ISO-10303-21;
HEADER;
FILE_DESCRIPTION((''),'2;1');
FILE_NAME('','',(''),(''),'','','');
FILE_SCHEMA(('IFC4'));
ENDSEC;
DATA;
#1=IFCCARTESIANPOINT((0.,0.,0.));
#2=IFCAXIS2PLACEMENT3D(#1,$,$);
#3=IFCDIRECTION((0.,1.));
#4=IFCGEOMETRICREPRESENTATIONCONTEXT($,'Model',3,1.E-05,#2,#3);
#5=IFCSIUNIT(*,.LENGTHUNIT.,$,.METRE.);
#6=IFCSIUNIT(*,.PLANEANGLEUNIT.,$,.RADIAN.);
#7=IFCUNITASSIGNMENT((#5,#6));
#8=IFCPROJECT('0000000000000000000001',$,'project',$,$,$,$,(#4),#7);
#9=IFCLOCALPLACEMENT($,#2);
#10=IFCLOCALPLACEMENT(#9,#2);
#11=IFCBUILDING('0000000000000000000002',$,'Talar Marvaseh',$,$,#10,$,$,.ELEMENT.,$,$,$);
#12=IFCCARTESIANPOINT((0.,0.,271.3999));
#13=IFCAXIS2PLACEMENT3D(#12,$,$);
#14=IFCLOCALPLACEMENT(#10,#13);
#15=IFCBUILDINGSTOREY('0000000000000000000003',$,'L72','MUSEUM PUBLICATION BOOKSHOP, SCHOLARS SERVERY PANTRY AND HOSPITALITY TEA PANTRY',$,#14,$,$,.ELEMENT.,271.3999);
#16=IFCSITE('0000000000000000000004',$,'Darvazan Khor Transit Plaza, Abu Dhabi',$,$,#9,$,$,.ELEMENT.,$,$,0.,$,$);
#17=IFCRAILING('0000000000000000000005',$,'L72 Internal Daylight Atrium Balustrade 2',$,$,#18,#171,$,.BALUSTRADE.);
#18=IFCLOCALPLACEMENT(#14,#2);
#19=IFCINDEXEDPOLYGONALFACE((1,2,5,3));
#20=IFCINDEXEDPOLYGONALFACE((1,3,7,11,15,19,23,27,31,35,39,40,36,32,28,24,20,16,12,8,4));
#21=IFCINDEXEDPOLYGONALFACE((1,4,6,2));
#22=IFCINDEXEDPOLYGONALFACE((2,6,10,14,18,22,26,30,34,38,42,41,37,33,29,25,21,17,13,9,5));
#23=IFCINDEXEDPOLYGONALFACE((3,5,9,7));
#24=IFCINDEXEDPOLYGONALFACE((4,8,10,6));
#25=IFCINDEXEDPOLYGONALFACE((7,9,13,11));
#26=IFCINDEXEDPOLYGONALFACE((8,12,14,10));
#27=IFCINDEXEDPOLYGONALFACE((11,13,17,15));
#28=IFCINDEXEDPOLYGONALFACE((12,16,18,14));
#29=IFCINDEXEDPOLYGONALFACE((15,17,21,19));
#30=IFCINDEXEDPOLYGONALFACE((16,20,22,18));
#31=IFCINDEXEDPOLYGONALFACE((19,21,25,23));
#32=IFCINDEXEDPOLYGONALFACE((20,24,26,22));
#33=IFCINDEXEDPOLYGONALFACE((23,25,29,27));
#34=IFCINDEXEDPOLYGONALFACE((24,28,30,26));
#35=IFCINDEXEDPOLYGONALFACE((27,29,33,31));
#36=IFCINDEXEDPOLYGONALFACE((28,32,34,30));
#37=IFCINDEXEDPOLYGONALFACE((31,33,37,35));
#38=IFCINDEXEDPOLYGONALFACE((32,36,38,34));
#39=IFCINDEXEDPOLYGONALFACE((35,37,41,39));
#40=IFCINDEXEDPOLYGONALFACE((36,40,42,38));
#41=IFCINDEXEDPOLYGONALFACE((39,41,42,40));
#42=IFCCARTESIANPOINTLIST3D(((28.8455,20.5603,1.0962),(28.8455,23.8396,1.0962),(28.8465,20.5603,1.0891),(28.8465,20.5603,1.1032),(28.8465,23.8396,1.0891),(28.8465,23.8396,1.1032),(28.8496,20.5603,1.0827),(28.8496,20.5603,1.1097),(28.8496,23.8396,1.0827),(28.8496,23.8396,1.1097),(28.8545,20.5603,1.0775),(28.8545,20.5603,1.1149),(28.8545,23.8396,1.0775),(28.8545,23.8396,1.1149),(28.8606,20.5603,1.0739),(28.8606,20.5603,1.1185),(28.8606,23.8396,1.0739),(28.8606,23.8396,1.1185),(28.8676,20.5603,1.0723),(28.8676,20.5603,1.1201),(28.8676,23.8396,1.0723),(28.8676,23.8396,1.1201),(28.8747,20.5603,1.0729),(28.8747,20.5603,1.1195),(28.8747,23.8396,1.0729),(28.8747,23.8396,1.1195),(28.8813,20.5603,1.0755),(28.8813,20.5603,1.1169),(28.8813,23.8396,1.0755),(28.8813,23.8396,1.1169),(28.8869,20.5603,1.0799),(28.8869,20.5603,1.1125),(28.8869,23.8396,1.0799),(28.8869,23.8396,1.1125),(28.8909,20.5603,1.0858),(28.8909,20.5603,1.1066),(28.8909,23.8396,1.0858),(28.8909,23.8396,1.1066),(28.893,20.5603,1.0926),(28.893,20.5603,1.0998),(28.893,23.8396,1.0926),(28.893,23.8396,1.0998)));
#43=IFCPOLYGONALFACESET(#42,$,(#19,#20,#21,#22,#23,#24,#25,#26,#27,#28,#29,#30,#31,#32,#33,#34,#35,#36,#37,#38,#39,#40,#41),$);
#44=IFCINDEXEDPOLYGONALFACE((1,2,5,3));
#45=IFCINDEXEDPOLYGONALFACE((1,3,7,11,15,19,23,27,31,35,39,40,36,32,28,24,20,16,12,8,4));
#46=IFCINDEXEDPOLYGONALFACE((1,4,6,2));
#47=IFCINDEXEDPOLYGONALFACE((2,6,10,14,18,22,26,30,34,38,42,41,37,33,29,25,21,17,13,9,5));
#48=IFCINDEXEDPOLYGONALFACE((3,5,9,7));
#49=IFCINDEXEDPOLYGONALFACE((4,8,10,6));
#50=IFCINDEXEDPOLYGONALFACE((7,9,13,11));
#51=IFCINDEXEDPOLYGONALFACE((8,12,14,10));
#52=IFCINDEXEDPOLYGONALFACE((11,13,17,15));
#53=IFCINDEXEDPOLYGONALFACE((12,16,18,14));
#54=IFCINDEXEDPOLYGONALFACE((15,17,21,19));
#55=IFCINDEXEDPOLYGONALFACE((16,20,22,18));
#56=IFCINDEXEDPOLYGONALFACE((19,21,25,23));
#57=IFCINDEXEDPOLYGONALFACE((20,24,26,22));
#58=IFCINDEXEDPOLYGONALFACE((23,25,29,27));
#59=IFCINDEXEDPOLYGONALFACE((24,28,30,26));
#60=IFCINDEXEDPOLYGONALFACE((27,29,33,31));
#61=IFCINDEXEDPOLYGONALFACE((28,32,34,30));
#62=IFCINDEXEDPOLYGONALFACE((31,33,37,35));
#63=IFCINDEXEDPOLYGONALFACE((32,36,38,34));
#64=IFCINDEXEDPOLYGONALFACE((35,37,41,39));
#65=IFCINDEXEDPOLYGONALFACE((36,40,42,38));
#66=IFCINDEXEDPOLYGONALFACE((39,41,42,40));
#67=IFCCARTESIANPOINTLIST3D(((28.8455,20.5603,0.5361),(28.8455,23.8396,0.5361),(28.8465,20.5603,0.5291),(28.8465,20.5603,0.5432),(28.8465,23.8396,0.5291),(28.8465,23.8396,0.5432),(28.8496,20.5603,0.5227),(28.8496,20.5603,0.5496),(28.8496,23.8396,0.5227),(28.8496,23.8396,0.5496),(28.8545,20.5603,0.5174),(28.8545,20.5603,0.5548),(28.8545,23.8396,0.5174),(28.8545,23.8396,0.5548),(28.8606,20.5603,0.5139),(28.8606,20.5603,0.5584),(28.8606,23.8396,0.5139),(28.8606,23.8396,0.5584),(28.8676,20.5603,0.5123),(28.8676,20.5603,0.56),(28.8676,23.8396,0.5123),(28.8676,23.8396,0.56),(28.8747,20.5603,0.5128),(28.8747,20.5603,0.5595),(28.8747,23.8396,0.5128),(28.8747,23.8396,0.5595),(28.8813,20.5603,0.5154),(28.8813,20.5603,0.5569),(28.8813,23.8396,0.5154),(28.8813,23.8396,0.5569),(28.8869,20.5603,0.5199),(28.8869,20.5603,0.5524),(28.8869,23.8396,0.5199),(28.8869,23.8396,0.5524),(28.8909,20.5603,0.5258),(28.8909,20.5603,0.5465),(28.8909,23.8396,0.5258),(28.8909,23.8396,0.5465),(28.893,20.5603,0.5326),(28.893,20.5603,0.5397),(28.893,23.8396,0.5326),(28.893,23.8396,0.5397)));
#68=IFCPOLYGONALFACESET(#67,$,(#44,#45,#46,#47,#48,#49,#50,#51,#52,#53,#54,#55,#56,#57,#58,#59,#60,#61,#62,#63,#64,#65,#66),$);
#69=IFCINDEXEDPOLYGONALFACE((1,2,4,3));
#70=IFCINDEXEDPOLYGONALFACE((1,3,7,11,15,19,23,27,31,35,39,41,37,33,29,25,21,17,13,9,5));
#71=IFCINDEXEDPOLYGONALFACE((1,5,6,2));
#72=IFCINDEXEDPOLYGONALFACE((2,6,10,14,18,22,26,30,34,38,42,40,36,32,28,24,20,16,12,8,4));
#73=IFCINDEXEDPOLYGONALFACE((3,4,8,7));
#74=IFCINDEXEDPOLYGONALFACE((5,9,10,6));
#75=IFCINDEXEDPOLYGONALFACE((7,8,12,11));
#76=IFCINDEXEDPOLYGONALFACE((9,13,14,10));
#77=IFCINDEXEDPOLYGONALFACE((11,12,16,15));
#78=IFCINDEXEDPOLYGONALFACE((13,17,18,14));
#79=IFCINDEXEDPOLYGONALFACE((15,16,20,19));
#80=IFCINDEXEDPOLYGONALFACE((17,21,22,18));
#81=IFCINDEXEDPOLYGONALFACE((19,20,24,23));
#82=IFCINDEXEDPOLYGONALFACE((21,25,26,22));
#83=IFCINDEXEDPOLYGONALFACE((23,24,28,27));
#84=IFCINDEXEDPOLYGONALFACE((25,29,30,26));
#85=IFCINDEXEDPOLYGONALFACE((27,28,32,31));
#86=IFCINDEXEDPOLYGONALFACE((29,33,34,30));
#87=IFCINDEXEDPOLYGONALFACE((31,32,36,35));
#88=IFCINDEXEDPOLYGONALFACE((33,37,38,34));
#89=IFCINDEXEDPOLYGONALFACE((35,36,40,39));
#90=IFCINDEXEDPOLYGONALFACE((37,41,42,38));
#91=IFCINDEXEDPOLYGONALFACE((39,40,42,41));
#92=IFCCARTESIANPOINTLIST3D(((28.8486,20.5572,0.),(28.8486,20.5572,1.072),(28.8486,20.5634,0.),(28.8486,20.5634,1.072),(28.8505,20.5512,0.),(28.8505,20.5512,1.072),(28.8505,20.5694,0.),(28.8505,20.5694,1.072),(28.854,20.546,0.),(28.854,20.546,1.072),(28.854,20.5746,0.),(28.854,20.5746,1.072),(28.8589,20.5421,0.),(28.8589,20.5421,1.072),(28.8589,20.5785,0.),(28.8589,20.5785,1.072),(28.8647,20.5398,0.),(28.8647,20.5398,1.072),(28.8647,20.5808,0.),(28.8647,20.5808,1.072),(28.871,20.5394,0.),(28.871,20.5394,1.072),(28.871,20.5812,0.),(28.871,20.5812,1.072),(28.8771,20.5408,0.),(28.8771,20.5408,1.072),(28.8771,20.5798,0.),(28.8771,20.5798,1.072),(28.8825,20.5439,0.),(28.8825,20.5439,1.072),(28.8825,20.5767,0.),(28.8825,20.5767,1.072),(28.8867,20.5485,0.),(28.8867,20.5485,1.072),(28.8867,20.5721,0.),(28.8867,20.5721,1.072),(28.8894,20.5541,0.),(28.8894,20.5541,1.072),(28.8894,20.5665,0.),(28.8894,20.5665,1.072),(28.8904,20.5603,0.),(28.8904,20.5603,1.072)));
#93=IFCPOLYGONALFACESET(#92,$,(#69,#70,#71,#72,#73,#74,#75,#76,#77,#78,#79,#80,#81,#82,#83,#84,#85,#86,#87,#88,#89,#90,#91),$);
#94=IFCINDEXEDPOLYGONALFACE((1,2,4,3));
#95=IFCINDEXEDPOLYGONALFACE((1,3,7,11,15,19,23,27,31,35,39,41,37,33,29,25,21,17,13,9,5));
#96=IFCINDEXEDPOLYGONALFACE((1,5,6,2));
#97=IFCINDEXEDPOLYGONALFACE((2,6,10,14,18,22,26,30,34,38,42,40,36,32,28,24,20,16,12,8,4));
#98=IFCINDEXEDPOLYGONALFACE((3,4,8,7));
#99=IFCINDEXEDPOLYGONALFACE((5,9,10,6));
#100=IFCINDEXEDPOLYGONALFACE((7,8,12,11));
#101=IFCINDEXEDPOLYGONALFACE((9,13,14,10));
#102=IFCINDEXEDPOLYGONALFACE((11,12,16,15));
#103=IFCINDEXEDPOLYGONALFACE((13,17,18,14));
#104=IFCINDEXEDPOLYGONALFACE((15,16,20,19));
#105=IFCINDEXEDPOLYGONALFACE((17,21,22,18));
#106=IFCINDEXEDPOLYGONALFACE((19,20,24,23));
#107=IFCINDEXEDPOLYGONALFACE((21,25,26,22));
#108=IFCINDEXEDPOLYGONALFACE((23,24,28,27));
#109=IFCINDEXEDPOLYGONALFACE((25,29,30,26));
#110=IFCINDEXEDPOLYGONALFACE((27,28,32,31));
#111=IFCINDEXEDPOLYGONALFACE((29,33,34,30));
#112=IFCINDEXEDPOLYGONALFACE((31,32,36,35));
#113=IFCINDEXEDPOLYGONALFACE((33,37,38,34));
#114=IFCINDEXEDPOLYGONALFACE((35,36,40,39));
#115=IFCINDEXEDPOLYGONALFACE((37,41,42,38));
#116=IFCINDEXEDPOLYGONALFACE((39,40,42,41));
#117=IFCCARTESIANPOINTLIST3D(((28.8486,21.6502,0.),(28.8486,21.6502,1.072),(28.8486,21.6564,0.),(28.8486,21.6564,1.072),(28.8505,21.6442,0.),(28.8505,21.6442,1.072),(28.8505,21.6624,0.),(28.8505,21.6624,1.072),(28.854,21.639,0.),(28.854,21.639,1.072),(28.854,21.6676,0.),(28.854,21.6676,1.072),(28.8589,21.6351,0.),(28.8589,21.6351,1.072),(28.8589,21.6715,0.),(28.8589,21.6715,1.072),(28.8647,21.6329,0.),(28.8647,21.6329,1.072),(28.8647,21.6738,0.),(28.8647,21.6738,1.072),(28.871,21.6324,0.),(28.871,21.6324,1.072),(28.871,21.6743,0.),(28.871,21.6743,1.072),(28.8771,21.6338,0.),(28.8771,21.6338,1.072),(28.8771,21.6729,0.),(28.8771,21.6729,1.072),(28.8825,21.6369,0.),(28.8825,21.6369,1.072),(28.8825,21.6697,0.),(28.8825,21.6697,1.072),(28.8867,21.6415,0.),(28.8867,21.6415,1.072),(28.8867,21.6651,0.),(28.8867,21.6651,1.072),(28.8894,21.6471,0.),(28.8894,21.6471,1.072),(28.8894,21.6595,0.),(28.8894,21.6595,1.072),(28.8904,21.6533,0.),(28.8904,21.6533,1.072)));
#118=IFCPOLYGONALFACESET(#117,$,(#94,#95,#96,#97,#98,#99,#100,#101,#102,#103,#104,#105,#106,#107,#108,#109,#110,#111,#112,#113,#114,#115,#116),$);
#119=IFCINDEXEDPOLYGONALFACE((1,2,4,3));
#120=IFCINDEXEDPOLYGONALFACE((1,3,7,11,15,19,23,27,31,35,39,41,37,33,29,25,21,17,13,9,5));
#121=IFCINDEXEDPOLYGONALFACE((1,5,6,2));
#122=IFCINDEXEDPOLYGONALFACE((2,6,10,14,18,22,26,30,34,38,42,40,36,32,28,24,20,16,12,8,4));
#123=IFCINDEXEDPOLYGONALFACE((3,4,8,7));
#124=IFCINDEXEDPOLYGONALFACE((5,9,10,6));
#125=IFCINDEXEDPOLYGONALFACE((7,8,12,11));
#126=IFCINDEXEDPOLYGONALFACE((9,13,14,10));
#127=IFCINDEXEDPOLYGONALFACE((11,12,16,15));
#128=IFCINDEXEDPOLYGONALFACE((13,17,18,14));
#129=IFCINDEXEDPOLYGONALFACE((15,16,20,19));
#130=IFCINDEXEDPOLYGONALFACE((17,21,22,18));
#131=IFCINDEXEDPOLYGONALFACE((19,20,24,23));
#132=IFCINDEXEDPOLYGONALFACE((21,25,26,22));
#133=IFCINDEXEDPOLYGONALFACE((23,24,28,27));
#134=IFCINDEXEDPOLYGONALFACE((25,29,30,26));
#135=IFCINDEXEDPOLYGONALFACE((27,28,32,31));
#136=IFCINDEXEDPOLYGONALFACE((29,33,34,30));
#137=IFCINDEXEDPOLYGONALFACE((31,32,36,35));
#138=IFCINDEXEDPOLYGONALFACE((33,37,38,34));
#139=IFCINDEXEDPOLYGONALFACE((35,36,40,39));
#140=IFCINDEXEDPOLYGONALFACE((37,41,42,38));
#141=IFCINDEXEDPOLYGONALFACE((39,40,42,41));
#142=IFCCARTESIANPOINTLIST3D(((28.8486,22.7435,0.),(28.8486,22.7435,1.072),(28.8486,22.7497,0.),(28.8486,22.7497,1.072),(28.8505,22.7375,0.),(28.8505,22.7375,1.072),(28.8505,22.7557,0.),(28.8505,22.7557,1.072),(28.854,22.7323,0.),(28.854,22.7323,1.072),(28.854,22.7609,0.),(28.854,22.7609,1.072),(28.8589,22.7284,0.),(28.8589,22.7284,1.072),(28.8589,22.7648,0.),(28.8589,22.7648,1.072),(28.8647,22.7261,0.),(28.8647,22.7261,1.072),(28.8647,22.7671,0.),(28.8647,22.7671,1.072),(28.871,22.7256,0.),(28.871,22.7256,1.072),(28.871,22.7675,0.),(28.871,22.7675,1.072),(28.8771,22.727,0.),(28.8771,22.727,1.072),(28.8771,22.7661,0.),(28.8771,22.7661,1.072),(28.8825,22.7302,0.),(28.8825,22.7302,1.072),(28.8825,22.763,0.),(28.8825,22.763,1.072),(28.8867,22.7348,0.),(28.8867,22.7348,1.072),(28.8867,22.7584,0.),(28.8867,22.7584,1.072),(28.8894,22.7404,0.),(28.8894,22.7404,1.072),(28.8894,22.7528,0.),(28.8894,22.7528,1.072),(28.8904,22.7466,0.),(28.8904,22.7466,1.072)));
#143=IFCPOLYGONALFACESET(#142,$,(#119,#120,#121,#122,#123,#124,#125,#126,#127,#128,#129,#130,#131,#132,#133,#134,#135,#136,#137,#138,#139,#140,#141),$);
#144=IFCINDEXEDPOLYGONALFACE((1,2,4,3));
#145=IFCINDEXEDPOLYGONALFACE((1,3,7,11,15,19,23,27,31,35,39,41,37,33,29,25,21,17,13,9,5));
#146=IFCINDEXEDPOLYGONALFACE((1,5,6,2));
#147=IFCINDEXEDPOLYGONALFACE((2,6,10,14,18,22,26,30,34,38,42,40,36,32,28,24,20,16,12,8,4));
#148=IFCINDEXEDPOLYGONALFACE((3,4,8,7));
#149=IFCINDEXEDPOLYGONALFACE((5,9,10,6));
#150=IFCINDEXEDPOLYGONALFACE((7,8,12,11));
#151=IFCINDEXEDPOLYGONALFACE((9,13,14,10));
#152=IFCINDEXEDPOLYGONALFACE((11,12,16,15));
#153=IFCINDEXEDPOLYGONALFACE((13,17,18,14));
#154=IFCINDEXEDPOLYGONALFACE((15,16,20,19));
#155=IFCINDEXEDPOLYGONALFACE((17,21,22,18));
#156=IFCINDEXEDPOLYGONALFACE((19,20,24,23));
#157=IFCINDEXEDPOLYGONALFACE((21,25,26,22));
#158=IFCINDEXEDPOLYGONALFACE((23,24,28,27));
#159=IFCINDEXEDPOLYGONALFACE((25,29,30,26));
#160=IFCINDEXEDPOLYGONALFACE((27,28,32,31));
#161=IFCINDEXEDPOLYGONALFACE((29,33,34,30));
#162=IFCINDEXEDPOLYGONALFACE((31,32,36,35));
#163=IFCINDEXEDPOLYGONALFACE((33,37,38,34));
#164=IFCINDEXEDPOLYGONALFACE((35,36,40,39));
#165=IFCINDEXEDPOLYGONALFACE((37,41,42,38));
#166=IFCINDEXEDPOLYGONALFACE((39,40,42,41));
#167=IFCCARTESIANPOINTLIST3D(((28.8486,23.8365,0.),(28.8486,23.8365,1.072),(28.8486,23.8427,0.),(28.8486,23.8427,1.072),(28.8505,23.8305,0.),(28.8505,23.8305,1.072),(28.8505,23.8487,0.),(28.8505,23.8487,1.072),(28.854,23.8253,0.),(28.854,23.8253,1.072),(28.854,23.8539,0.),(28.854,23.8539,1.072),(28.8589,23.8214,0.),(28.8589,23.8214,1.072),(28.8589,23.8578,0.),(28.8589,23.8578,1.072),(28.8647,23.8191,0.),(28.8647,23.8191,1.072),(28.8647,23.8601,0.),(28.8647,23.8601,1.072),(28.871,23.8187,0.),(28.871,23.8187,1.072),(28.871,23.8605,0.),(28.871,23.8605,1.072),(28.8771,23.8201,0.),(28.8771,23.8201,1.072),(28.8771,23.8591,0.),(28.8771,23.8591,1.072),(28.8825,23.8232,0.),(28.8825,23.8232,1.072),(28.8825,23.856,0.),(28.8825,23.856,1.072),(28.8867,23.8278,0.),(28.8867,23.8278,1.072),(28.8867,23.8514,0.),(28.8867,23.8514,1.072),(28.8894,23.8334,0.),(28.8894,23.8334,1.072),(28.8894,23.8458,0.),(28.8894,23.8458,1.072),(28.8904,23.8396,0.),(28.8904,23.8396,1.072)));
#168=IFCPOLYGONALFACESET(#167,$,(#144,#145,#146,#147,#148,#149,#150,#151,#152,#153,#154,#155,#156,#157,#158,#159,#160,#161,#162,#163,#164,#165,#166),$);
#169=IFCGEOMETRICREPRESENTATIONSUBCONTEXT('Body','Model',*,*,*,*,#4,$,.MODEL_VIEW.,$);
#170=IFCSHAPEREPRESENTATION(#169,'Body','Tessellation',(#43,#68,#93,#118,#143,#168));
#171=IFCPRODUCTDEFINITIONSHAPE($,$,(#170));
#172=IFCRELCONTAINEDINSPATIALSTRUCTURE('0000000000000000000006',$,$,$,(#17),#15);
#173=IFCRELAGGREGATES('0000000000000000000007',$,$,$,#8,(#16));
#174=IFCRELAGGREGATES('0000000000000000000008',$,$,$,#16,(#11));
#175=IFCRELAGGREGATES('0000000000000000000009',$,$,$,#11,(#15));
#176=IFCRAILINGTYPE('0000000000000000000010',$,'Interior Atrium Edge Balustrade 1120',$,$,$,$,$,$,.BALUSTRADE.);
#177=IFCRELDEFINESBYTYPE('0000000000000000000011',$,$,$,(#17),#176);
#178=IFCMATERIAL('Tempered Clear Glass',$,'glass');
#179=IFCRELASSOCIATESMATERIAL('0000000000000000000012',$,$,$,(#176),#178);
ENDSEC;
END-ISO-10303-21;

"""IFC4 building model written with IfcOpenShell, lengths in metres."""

from ifc_helpers import new_model, si_unit, direction, frame, origin, origin_2d, place, context, subcontext, project, spatial, circle, extrude, material, type_object, element, save


model = new_model("IFC4")

# Units and contexts
model_context = context("Model", 3, precision=1e-05, world=origin(), true_north=direction((0.0, 1.0)))
body_context = subcontext(model_context, "Body", "Model", "MODEL_VIEW")
ifc_project = project(units=[si_unit("LENGTHUNIT", "METRE"), si_unit("PLANEANGLEUNIT", "RADIAN")], contexts=[model_context])

# Site, building, storey
site_placement = place(None, origin())
site = spatial("IfcSite", under=ifc_project, at=site_placement, Name="Darvazan Khor Transit Plaza, Abu Dhabi", CompositionType="ELEMENT", RefElevation=0.0)
building_placement = place(site_placement, origin())
building = spatial("IfcBuilding", under=site, at=building_placement, Name="Talar Marvaseh", CompositionType="ELEMENT")
storey_placement = place(building_placement, frame((0.0, 0.0, 271.3999)))
storey = spatial("IfcBuildingStorey", under=building, at=storey_placement, Name="L72", Description="MUSEUM PUBLICATION BOOKSHOP, SCHOLARS SERVERY PANTRY AND HOSPITALITY TEA PANTRY", CompositionType="ELEMENT", Elevation=271.3999)

# Railing
ifc_material_1 = material(Name="Tempered Clear Glass", Category="glass")
railing_type = type_object("IfcRailingType", Name="Interior Atrium Edge Balustrade 1120", PredefinedType="BALUSTRADE", material=ifc_material_1)
railing_1_placement = place(storey_placement, frame((28.8694, 20.5603, 0.0)))
element("IfcRailing", 1, at=railing_1_placement, inside=storey, type_object=railing_type, Name="L72 Internal Daylight Atrium Balustrade 2", PredefinedType="BALUSTRADE", context=body_context, shape_type="SweptSolid", body=[
    extrude(circle(Radius=0.0239, at=origin_2d()), frame((0.0, 0.0, 1.0962), z_axis=(0.0, 1.0, 0.0), x_axis=(-1.0, 0.0, 0.0)), (0.0, 0.0, 1.0), 3.2793),
    extrude(circle(Radius=0.0239, at=origin_2d()), frame((0.0, 0.0, 0.5361), z_axis=(0.0, 1.0, 0.0), x_axis=(-1.0, 0.0, 0.0)), (0.0, 0.0, 1.0), 3.2793),
    extrude(circle(Radius=0.021, at=origin_2d()), origin(), (0.0, 0.0, 1.0), 1.072),
    extrude(circle(Radius=0.021, at=origin_2d()), frame((0.0, 1.093, 0.0)), (0.0, 0.0, 1.0), 1.072),
    extrude(circle(Radius=0.021, at=origin_2d()), frame((0.0, 2.1863, 0.0)), (0.0, 0.0, 1.0), 1.072),
    extrude(circle(Radius=0.021, at=origin_2d()), frame((0.0, 3.2793, 0.0)), (0.0, 0.0, 1.0), 1.072),
])

save(model, "model.ifc")
